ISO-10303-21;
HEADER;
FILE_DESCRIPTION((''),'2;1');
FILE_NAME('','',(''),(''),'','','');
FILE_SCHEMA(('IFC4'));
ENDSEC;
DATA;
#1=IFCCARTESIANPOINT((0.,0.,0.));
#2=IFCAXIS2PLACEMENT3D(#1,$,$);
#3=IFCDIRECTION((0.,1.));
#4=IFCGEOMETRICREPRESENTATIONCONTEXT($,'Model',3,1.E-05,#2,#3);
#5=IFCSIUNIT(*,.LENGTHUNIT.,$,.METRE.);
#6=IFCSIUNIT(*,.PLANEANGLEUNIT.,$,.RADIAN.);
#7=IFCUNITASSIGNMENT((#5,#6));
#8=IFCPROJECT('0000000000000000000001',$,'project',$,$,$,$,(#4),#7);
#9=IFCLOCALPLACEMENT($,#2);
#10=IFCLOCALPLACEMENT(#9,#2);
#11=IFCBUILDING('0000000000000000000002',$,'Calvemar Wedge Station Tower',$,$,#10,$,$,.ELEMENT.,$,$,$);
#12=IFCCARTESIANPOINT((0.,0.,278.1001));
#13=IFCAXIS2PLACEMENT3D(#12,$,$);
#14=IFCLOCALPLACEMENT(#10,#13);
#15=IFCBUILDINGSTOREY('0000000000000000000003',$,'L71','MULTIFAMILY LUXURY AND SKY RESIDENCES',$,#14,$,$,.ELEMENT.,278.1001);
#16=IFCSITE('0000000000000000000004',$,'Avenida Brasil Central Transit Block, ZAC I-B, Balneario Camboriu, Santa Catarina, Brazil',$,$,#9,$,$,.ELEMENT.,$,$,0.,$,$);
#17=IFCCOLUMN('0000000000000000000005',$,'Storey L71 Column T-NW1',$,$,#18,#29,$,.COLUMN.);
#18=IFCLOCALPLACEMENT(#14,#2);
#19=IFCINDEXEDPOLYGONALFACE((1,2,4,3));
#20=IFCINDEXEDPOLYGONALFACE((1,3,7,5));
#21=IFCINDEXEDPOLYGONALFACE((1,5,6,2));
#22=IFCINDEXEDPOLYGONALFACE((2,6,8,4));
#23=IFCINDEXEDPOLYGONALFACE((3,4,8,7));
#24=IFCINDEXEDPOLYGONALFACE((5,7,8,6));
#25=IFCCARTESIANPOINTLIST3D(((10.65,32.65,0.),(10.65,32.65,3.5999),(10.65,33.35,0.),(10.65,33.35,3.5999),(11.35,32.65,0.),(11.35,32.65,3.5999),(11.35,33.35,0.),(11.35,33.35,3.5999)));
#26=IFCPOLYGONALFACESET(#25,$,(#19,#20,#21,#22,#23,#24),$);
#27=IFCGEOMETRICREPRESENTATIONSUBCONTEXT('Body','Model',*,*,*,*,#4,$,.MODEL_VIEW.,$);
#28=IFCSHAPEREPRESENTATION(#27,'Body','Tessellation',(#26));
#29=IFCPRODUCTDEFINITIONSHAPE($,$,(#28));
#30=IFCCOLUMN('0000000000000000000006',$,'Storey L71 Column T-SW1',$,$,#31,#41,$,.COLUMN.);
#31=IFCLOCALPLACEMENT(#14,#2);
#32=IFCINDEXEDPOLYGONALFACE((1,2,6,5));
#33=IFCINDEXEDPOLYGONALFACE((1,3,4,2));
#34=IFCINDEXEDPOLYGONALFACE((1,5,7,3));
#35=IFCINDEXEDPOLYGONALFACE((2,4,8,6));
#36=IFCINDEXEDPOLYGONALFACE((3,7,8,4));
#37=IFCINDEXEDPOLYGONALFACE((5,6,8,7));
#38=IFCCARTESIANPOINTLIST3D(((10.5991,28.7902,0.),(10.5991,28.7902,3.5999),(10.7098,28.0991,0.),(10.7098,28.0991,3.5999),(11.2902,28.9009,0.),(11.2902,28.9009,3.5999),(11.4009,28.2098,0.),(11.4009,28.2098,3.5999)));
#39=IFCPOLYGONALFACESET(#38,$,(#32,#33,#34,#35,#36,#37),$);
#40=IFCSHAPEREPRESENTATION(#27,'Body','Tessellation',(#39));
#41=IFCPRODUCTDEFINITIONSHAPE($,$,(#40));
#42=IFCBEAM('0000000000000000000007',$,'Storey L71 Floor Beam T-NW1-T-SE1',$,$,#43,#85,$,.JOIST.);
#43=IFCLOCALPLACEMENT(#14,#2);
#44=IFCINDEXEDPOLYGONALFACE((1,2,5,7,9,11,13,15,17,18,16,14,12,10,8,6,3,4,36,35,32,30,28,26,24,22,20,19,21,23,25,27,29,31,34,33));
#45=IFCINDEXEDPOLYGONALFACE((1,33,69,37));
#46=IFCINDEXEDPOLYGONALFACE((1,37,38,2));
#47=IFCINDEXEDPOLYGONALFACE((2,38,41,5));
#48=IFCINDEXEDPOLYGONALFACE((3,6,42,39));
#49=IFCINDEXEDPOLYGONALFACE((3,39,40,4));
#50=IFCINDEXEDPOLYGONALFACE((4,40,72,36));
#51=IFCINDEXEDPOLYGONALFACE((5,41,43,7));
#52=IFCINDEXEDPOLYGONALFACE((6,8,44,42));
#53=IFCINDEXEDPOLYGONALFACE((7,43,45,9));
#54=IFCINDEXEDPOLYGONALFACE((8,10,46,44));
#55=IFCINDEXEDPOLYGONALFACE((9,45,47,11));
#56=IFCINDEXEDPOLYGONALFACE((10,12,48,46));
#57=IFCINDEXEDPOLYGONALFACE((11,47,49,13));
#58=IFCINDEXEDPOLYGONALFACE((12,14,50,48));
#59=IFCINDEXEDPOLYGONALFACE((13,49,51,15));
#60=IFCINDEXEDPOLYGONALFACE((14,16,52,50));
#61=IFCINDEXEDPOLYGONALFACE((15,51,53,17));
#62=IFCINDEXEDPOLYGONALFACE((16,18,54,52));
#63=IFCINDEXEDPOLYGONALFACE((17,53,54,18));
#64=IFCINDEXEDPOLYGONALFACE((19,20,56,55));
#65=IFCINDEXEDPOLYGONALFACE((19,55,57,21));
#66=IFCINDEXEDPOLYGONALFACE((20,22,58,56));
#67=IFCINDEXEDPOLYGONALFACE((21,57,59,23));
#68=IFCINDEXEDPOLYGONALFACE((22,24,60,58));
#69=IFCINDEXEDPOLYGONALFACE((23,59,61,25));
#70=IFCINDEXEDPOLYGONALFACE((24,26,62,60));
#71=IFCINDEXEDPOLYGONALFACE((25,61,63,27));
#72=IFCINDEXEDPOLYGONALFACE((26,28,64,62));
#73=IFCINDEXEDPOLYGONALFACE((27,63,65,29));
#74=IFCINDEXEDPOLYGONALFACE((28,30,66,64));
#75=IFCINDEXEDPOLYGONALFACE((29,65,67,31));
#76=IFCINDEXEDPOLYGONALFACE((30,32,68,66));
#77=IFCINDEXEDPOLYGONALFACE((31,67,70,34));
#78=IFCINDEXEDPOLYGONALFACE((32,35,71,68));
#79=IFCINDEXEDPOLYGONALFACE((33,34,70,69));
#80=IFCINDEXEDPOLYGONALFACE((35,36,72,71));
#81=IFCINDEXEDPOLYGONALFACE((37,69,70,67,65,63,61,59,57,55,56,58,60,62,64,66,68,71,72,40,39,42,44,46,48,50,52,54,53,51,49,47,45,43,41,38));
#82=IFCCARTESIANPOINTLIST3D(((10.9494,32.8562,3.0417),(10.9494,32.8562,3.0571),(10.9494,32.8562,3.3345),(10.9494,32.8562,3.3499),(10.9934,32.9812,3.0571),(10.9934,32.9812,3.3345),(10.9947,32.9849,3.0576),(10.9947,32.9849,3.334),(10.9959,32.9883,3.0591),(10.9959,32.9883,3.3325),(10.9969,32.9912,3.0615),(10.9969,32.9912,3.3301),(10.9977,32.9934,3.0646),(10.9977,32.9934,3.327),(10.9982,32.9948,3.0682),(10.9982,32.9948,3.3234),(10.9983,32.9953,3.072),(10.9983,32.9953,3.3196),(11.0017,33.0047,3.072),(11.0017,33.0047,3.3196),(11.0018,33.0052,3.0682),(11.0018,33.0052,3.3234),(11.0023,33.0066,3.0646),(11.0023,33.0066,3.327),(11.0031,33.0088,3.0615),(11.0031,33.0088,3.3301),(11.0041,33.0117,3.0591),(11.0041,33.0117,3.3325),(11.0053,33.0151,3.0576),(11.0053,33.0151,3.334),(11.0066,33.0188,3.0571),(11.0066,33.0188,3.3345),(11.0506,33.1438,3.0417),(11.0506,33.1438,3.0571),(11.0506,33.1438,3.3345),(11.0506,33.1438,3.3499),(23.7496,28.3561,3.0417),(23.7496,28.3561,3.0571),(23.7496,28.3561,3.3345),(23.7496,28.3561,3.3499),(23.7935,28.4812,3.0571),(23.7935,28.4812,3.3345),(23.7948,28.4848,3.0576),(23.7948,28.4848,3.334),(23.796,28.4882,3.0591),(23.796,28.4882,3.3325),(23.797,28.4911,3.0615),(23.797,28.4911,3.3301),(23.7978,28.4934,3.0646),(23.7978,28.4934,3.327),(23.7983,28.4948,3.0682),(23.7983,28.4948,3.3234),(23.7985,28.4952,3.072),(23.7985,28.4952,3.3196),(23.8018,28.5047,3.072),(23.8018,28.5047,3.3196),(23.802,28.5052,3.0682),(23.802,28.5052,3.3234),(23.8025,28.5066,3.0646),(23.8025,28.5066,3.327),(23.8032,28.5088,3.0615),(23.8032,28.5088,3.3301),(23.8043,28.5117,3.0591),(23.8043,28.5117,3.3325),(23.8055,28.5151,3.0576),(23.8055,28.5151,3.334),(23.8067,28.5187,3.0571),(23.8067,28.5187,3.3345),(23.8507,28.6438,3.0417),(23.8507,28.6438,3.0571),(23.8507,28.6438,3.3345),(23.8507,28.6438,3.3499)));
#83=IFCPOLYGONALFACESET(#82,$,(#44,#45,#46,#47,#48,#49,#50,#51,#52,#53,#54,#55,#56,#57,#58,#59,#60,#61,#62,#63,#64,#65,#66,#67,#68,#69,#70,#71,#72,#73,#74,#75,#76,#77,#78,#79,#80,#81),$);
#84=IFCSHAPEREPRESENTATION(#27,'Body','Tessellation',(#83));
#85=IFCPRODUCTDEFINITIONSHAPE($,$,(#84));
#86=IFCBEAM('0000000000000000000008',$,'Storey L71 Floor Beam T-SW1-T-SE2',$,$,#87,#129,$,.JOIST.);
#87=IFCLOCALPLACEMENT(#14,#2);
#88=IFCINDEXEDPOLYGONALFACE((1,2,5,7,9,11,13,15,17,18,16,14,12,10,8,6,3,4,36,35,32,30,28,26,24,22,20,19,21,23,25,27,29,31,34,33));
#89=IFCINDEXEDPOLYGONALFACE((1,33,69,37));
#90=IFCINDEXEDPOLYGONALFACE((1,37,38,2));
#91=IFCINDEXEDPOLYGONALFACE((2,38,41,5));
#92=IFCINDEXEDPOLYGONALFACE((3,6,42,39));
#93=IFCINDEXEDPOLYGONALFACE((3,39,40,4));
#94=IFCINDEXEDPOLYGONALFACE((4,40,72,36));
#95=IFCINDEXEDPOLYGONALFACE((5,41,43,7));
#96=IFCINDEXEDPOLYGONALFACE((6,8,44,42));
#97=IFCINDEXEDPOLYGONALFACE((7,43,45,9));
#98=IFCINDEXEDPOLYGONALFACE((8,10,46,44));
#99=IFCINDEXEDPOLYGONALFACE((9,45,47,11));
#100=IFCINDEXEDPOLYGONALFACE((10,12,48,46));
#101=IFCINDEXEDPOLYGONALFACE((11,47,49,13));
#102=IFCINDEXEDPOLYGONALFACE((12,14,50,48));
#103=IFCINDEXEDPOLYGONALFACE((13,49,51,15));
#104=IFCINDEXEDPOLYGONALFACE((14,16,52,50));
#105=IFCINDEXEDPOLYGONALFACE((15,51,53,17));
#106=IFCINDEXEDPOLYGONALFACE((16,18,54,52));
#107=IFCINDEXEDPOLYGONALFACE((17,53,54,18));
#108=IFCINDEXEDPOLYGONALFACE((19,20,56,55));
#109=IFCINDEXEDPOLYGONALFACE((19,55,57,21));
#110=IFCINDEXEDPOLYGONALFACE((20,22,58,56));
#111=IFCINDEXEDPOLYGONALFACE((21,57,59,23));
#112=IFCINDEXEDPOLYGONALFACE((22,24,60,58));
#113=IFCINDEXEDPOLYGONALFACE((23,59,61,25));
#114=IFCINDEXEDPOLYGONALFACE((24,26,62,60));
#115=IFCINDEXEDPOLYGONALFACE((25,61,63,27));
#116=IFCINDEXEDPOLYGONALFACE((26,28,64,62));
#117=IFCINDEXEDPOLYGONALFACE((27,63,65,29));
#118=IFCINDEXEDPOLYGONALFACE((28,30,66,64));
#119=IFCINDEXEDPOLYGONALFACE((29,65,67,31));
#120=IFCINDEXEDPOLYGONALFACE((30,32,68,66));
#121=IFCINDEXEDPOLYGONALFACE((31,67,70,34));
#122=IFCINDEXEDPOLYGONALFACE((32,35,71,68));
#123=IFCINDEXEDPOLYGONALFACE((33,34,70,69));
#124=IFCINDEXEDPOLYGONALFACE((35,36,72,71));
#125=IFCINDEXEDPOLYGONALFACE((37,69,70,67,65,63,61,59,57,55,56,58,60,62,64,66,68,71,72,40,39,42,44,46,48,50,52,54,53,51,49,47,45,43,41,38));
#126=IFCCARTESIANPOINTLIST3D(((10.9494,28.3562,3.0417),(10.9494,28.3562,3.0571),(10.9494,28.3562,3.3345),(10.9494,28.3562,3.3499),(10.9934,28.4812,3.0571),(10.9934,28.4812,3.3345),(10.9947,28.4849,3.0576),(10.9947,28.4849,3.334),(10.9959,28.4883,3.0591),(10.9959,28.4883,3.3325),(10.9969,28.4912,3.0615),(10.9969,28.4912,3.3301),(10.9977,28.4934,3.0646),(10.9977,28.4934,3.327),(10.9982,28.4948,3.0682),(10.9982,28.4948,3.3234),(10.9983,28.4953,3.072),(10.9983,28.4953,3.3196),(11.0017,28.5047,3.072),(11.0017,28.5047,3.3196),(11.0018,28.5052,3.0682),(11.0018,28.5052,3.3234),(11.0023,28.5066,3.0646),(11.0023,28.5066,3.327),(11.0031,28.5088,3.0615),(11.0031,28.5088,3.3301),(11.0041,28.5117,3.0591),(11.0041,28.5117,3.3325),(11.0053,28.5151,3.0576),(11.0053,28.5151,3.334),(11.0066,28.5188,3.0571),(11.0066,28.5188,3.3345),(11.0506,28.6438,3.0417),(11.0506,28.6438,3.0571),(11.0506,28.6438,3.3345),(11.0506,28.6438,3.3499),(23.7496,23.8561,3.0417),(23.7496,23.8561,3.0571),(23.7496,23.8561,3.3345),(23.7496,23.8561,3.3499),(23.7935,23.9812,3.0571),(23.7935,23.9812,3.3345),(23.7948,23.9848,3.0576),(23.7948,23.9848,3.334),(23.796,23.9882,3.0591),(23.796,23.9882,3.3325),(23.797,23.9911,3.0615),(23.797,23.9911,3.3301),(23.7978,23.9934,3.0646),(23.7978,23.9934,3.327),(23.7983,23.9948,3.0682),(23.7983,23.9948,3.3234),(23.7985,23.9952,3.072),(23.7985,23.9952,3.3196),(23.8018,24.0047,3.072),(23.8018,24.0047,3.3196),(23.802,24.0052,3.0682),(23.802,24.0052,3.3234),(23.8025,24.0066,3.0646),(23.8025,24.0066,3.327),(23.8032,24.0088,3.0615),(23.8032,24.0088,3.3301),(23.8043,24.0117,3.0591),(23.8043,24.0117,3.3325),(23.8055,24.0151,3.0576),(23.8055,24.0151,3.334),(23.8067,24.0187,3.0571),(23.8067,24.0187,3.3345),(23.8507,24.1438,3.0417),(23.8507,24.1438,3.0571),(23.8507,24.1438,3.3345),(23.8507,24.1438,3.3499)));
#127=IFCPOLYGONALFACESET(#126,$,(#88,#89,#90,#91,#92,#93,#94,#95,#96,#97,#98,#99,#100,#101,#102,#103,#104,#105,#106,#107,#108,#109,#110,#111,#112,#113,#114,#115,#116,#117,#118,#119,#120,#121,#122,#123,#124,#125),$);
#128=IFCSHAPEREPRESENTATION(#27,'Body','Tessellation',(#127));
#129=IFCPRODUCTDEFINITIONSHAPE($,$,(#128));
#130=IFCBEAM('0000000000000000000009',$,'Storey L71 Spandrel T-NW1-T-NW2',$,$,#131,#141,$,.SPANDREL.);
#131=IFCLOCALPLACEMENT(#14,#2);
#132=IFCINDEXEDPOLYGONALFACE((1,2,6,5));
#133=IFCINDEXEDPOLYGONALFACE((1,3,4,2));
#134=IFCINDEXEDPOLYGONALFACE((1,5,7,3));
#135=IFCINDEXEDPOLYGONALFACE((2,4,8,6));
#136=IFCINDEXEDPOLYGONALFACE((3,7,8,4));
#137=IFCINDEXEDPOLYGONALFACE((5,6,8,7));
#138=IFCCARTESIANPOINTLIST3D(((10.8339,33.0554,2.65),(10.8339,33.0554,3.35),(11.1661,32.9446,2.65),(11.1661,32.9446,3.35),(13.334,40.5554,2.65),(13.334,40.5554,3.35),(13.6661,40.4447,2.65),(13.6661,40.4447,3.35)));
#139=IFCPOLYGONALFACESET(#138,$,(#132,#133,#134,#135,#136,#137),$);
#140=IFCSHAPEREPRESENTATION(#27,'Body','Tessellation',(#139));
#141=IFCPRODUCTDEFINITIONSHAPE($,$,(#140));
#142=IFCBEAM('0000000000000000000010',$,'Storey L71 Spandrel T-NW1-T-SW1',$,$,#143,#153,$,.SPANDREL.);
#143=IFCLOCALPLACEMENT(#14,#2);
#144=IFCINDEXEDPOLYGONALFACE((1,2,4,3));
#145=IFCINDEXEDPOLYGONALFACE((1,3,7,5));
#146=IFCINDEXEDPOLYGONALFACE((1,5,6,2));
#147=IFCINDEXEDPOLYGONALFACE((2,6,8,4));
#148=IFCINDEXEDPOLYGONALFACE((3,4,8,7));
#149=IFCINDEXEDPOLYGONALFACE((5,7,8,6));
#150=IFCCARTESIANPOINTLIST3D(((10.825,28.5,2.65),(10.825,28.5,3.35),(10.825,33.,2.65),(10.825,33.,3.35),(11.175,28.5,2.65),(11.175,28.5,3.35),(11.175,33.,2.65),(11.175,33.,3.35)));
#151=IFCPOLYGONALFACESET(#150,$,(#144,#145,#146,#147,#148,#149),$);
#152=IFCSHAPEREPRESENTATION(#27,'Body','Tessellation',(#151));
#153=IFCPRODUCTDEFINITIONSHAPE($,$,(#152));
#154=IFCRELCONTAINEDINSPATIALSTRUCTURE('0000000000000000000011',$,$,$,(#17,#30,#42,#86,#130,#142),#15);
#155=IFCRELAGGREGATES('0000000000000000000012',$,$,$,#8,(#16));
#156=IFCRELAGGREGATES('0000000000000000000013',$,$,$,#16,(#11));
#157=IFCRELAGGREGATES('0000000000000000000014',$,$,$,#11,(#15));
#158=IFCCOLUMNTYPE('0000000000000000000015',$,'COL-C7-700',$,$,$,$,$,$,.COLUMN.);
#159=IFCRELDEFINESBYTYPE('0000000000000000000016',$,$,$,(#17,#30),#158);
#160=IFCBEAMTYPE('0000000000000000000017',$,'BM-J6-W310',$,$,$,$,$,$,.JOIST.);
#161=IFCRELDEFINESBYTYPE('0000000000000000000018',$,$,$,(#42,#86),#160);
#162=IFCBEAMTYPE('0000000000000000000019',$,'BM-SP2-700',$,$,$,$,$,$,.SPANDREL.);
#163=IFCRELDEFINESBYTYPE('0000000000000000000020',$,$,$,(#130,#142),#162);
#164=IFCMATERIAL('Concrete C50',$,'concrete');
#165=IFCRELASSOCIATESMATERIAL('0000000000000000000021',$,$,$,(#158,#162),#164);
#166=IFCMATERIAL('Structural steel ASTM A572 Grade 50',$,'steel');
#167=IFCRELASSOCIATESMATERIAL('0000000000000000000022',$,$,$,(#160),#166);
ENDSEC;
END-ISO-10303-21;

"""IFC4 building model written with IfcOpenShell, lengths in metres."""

from ifc_helpers import new_model, si_unit, direction, frame, origin, origin_2d, place, context, subcontext, project, spatial, rectangle, i_section, extrude, source, transform, mapped, material, material_profile, profile_set, type_object, element, save


model = new_model("IFC4")

# Units and contexts
model_context = context("Model", 3, precision=1e-05, world=origin(), true_north=direction((0.0, 1.0)))
body_context = subcontext(model_context, "Body", "Model", "MODEL_VIEW")
ifc_project = project(units=[si_unit("LENGTHUNIT", "METRE"), si_unit("PLANEANGLEUNIT", "RADIAN")], contexts=[model_context])

# Site, building, storey
site_placement = place(None, origin())
site = spatial("IfcSite", under=ifc_project, at=site_placement, Name="Avenida Brasil Central Transit Block, ZAC I-B, Balneario Camboriu, Santa Catarina, Brazil", CompositionType="ELEMENT", RefElevation=0.0)
building_placement = place(site_placement, origin())
building = spatial("IfcBuilding", under=site, at=building_placement, Name="Calvemar Wedge Station Tower", CompositionType="ELEMENT")
storey_placement = place(building_placement, frame((0.0, 0.0, 278.1001)))
storey = spatial("IfcBuildingStorey", under=building, at=storey_placement, Name="L71", Description="MULTIFAMILY LUXURY AND SKY RESIDENCES", CompositionType="ELEMENT", Elevation=278.1001)

# Columns
ifc_material_1 = material(Name="Concrete C50", Category="concrete")
ifc_material_profile_1 = material_profile(ifc_material_1, rectangle(XDim=0.7, YDim=0.7, at=origin_2d()), Name="RC700x700")
ifc_profile_set_1 = profile_set([ifc_material_profile_1], Name="Concrete C50")
column_type = type_object("IfcColumnType", Name="COL-C7-700", PredefinedType="COLUMN", material=ifc_profile_set_1)
shared_shape_1 = source(origin(), body_context, "Body", "SweptSolid", [
    extrude(rectangle(XDim=0.7, YDim=0.7, at=origin_2d()), origin(), (0.0, 0.0, 1.0), 3.5999),
])
for number, where, z_axis, x_axis, name in (
    (1, (11.0, 33.0, 0.0), (0.0, 0.0, 1.0), (1.0, 0.0, 0.0), "Storey L71 Column T-NW1"),
    (2, (11.0, 28.5, 0.0), (0.0, 0.0, 1.0), (0.158158, -0.987414, 0.0), "Storey L71 Column T-SW1"),
):
    element("IfcColumn", number, at=place(storey_placement, frame(where, z_axis=z_axis, x_axis=x_axis)), inside=storey, type_object=column_type, Name=name, PredefinedType="COLUMN", context=body_context, shape_type="MappedRepresentation", body=[
        mapped(shared_shape_1, transform((0.0, 0.0, 0.0), scale=1.0)),
    ])

# Beams
ifc_material_2 = material(Name="Structural steel ASTM A572 Grade 50", Category="steel")
ifc_material_profile_2 = material_profile(ifc_material_2, i_section(OverallWidth=0.3049, OverallDepth=0.3081, WebThickness=0.01, FlangeThickness=0.0154, FilletRadius=0.0149, at=origin_2d()), Name="W310x97")
ifc_profile_set_2 = profile_set([ifc_material_profile_2], Name="Structural steel ASTM A572 Grade 50")
beam_type_1 = type_object("IfcBeamType", Name="BM-J6-W310", PredefinedType="JOIST", material=ifc_profile_set_2)
shared_shape_2 = source(origin(), body_context, "Body", "SweptSolid", [
    extrude(i_section(OverallWidth=0.3049, OverallDepth=0.3081, WebThickness=0.01, FlangeThickness=0.0154, FilletRadius=0.0149, at=origin_2d()), origin(), (0.0, 0.0, 1.0), 13.5681),
])
for number, where, z_axis, x_axis, name in (
    (3, (11.0, 33.0, 3.1958), (0.943398, -0.331662, 0.0), (0.331662, 0.943398, 0.0), "Storey L71 Floor Beam T-NW1-T-SE1"),
    (4, (11.0, 28.5, 3.1958), (0.943398, -0.331662, 0.0), (0.331662, 0.943398, 0.0), "Storey L71 Floor Beam T-SW1-T-SE2"),
):
    element("IfcBeam", number, at=place(storey_placement, frame(where, z_axis=z_axis, x_axis=x_axis)), inside=storey, type_object=beam_type_1, Name=name, PredefinedType="JOIST", context=body_context, shape_type="MappedRepresentation", body=[
        mapped(shared_shape_2, transform((0.0, 0.0, 0.0), scale=1.0)),
    ])
ifc_material_profile_3 = material_profile(ifc_material_1, rectangle(XDim=0.3501, YDim=0.7, at=origin_2d()), Name="RC350x700")
ifc_profile_set_3 = profile_set([ifc_material_profile_3], Name="Concrete C50")
beam_type_2 = type_object("IfcBeamType", Name="BM-SP2-700", PredefinedType="SPANDREL", material=ifc_profile_set_3)
shared_shape_3 = source(origin(), body_context, "Body", "SweptSolid", [
    extrude(rectangle(XDim=0.3501, YDim=0.7, at=origin_2d()), origin(), (0.0, 0.0, 1.0), 7.9058),
])
beam_1_placement = place(storey_placement, frame((11.0, 33.0, 3.0), z_axis=(0.316228, 0.948683, 0.0), x_axis=(-0.948683, 0.316228, 0.0)))
element("IfcBeam", 5, at=beam_1_placement, inside=storey, type_object=beam_type_2, Name="Storey L71 Spandrel T-NW1-T-NW2", PredefinedType="SPANDREL", context=body_context, shape_type="MappedRepresentation", body=[
    mapped(shared_shape_3, transform((0.0, 0.0, 0.0), scale=1.0)),
])
shared_shape_4 = source(origin(), body_context, "Body", "SweptSolid", [
    extrude(rectangle(XDim=0.3501, YDim=0.7, at=origin_2d()), origin(), (0.0, 0.0, 1.0), 4.5),
])
beam_2_placement = place(storey_placement, frame((11.0, 33.0, 3.0), z_axis=(0.0, -1.0, 0.0), x_axis=(1.0, 0.0, 0.0)))
element("IfcBeam", 6, at=beam_2_placement, inside=storey, type_object=beam_type_2, Name="Storey L71 Spandrel T-NW1-T-SW1", PredefinedType="SPANDREL", context=body_context, shape_type="MappedRepresentation", body=[
    mapped(shared_shape_4, transform((0.0, 0.0, 0.0), scale=1.0)),
])

save(model, "model.ifc")
